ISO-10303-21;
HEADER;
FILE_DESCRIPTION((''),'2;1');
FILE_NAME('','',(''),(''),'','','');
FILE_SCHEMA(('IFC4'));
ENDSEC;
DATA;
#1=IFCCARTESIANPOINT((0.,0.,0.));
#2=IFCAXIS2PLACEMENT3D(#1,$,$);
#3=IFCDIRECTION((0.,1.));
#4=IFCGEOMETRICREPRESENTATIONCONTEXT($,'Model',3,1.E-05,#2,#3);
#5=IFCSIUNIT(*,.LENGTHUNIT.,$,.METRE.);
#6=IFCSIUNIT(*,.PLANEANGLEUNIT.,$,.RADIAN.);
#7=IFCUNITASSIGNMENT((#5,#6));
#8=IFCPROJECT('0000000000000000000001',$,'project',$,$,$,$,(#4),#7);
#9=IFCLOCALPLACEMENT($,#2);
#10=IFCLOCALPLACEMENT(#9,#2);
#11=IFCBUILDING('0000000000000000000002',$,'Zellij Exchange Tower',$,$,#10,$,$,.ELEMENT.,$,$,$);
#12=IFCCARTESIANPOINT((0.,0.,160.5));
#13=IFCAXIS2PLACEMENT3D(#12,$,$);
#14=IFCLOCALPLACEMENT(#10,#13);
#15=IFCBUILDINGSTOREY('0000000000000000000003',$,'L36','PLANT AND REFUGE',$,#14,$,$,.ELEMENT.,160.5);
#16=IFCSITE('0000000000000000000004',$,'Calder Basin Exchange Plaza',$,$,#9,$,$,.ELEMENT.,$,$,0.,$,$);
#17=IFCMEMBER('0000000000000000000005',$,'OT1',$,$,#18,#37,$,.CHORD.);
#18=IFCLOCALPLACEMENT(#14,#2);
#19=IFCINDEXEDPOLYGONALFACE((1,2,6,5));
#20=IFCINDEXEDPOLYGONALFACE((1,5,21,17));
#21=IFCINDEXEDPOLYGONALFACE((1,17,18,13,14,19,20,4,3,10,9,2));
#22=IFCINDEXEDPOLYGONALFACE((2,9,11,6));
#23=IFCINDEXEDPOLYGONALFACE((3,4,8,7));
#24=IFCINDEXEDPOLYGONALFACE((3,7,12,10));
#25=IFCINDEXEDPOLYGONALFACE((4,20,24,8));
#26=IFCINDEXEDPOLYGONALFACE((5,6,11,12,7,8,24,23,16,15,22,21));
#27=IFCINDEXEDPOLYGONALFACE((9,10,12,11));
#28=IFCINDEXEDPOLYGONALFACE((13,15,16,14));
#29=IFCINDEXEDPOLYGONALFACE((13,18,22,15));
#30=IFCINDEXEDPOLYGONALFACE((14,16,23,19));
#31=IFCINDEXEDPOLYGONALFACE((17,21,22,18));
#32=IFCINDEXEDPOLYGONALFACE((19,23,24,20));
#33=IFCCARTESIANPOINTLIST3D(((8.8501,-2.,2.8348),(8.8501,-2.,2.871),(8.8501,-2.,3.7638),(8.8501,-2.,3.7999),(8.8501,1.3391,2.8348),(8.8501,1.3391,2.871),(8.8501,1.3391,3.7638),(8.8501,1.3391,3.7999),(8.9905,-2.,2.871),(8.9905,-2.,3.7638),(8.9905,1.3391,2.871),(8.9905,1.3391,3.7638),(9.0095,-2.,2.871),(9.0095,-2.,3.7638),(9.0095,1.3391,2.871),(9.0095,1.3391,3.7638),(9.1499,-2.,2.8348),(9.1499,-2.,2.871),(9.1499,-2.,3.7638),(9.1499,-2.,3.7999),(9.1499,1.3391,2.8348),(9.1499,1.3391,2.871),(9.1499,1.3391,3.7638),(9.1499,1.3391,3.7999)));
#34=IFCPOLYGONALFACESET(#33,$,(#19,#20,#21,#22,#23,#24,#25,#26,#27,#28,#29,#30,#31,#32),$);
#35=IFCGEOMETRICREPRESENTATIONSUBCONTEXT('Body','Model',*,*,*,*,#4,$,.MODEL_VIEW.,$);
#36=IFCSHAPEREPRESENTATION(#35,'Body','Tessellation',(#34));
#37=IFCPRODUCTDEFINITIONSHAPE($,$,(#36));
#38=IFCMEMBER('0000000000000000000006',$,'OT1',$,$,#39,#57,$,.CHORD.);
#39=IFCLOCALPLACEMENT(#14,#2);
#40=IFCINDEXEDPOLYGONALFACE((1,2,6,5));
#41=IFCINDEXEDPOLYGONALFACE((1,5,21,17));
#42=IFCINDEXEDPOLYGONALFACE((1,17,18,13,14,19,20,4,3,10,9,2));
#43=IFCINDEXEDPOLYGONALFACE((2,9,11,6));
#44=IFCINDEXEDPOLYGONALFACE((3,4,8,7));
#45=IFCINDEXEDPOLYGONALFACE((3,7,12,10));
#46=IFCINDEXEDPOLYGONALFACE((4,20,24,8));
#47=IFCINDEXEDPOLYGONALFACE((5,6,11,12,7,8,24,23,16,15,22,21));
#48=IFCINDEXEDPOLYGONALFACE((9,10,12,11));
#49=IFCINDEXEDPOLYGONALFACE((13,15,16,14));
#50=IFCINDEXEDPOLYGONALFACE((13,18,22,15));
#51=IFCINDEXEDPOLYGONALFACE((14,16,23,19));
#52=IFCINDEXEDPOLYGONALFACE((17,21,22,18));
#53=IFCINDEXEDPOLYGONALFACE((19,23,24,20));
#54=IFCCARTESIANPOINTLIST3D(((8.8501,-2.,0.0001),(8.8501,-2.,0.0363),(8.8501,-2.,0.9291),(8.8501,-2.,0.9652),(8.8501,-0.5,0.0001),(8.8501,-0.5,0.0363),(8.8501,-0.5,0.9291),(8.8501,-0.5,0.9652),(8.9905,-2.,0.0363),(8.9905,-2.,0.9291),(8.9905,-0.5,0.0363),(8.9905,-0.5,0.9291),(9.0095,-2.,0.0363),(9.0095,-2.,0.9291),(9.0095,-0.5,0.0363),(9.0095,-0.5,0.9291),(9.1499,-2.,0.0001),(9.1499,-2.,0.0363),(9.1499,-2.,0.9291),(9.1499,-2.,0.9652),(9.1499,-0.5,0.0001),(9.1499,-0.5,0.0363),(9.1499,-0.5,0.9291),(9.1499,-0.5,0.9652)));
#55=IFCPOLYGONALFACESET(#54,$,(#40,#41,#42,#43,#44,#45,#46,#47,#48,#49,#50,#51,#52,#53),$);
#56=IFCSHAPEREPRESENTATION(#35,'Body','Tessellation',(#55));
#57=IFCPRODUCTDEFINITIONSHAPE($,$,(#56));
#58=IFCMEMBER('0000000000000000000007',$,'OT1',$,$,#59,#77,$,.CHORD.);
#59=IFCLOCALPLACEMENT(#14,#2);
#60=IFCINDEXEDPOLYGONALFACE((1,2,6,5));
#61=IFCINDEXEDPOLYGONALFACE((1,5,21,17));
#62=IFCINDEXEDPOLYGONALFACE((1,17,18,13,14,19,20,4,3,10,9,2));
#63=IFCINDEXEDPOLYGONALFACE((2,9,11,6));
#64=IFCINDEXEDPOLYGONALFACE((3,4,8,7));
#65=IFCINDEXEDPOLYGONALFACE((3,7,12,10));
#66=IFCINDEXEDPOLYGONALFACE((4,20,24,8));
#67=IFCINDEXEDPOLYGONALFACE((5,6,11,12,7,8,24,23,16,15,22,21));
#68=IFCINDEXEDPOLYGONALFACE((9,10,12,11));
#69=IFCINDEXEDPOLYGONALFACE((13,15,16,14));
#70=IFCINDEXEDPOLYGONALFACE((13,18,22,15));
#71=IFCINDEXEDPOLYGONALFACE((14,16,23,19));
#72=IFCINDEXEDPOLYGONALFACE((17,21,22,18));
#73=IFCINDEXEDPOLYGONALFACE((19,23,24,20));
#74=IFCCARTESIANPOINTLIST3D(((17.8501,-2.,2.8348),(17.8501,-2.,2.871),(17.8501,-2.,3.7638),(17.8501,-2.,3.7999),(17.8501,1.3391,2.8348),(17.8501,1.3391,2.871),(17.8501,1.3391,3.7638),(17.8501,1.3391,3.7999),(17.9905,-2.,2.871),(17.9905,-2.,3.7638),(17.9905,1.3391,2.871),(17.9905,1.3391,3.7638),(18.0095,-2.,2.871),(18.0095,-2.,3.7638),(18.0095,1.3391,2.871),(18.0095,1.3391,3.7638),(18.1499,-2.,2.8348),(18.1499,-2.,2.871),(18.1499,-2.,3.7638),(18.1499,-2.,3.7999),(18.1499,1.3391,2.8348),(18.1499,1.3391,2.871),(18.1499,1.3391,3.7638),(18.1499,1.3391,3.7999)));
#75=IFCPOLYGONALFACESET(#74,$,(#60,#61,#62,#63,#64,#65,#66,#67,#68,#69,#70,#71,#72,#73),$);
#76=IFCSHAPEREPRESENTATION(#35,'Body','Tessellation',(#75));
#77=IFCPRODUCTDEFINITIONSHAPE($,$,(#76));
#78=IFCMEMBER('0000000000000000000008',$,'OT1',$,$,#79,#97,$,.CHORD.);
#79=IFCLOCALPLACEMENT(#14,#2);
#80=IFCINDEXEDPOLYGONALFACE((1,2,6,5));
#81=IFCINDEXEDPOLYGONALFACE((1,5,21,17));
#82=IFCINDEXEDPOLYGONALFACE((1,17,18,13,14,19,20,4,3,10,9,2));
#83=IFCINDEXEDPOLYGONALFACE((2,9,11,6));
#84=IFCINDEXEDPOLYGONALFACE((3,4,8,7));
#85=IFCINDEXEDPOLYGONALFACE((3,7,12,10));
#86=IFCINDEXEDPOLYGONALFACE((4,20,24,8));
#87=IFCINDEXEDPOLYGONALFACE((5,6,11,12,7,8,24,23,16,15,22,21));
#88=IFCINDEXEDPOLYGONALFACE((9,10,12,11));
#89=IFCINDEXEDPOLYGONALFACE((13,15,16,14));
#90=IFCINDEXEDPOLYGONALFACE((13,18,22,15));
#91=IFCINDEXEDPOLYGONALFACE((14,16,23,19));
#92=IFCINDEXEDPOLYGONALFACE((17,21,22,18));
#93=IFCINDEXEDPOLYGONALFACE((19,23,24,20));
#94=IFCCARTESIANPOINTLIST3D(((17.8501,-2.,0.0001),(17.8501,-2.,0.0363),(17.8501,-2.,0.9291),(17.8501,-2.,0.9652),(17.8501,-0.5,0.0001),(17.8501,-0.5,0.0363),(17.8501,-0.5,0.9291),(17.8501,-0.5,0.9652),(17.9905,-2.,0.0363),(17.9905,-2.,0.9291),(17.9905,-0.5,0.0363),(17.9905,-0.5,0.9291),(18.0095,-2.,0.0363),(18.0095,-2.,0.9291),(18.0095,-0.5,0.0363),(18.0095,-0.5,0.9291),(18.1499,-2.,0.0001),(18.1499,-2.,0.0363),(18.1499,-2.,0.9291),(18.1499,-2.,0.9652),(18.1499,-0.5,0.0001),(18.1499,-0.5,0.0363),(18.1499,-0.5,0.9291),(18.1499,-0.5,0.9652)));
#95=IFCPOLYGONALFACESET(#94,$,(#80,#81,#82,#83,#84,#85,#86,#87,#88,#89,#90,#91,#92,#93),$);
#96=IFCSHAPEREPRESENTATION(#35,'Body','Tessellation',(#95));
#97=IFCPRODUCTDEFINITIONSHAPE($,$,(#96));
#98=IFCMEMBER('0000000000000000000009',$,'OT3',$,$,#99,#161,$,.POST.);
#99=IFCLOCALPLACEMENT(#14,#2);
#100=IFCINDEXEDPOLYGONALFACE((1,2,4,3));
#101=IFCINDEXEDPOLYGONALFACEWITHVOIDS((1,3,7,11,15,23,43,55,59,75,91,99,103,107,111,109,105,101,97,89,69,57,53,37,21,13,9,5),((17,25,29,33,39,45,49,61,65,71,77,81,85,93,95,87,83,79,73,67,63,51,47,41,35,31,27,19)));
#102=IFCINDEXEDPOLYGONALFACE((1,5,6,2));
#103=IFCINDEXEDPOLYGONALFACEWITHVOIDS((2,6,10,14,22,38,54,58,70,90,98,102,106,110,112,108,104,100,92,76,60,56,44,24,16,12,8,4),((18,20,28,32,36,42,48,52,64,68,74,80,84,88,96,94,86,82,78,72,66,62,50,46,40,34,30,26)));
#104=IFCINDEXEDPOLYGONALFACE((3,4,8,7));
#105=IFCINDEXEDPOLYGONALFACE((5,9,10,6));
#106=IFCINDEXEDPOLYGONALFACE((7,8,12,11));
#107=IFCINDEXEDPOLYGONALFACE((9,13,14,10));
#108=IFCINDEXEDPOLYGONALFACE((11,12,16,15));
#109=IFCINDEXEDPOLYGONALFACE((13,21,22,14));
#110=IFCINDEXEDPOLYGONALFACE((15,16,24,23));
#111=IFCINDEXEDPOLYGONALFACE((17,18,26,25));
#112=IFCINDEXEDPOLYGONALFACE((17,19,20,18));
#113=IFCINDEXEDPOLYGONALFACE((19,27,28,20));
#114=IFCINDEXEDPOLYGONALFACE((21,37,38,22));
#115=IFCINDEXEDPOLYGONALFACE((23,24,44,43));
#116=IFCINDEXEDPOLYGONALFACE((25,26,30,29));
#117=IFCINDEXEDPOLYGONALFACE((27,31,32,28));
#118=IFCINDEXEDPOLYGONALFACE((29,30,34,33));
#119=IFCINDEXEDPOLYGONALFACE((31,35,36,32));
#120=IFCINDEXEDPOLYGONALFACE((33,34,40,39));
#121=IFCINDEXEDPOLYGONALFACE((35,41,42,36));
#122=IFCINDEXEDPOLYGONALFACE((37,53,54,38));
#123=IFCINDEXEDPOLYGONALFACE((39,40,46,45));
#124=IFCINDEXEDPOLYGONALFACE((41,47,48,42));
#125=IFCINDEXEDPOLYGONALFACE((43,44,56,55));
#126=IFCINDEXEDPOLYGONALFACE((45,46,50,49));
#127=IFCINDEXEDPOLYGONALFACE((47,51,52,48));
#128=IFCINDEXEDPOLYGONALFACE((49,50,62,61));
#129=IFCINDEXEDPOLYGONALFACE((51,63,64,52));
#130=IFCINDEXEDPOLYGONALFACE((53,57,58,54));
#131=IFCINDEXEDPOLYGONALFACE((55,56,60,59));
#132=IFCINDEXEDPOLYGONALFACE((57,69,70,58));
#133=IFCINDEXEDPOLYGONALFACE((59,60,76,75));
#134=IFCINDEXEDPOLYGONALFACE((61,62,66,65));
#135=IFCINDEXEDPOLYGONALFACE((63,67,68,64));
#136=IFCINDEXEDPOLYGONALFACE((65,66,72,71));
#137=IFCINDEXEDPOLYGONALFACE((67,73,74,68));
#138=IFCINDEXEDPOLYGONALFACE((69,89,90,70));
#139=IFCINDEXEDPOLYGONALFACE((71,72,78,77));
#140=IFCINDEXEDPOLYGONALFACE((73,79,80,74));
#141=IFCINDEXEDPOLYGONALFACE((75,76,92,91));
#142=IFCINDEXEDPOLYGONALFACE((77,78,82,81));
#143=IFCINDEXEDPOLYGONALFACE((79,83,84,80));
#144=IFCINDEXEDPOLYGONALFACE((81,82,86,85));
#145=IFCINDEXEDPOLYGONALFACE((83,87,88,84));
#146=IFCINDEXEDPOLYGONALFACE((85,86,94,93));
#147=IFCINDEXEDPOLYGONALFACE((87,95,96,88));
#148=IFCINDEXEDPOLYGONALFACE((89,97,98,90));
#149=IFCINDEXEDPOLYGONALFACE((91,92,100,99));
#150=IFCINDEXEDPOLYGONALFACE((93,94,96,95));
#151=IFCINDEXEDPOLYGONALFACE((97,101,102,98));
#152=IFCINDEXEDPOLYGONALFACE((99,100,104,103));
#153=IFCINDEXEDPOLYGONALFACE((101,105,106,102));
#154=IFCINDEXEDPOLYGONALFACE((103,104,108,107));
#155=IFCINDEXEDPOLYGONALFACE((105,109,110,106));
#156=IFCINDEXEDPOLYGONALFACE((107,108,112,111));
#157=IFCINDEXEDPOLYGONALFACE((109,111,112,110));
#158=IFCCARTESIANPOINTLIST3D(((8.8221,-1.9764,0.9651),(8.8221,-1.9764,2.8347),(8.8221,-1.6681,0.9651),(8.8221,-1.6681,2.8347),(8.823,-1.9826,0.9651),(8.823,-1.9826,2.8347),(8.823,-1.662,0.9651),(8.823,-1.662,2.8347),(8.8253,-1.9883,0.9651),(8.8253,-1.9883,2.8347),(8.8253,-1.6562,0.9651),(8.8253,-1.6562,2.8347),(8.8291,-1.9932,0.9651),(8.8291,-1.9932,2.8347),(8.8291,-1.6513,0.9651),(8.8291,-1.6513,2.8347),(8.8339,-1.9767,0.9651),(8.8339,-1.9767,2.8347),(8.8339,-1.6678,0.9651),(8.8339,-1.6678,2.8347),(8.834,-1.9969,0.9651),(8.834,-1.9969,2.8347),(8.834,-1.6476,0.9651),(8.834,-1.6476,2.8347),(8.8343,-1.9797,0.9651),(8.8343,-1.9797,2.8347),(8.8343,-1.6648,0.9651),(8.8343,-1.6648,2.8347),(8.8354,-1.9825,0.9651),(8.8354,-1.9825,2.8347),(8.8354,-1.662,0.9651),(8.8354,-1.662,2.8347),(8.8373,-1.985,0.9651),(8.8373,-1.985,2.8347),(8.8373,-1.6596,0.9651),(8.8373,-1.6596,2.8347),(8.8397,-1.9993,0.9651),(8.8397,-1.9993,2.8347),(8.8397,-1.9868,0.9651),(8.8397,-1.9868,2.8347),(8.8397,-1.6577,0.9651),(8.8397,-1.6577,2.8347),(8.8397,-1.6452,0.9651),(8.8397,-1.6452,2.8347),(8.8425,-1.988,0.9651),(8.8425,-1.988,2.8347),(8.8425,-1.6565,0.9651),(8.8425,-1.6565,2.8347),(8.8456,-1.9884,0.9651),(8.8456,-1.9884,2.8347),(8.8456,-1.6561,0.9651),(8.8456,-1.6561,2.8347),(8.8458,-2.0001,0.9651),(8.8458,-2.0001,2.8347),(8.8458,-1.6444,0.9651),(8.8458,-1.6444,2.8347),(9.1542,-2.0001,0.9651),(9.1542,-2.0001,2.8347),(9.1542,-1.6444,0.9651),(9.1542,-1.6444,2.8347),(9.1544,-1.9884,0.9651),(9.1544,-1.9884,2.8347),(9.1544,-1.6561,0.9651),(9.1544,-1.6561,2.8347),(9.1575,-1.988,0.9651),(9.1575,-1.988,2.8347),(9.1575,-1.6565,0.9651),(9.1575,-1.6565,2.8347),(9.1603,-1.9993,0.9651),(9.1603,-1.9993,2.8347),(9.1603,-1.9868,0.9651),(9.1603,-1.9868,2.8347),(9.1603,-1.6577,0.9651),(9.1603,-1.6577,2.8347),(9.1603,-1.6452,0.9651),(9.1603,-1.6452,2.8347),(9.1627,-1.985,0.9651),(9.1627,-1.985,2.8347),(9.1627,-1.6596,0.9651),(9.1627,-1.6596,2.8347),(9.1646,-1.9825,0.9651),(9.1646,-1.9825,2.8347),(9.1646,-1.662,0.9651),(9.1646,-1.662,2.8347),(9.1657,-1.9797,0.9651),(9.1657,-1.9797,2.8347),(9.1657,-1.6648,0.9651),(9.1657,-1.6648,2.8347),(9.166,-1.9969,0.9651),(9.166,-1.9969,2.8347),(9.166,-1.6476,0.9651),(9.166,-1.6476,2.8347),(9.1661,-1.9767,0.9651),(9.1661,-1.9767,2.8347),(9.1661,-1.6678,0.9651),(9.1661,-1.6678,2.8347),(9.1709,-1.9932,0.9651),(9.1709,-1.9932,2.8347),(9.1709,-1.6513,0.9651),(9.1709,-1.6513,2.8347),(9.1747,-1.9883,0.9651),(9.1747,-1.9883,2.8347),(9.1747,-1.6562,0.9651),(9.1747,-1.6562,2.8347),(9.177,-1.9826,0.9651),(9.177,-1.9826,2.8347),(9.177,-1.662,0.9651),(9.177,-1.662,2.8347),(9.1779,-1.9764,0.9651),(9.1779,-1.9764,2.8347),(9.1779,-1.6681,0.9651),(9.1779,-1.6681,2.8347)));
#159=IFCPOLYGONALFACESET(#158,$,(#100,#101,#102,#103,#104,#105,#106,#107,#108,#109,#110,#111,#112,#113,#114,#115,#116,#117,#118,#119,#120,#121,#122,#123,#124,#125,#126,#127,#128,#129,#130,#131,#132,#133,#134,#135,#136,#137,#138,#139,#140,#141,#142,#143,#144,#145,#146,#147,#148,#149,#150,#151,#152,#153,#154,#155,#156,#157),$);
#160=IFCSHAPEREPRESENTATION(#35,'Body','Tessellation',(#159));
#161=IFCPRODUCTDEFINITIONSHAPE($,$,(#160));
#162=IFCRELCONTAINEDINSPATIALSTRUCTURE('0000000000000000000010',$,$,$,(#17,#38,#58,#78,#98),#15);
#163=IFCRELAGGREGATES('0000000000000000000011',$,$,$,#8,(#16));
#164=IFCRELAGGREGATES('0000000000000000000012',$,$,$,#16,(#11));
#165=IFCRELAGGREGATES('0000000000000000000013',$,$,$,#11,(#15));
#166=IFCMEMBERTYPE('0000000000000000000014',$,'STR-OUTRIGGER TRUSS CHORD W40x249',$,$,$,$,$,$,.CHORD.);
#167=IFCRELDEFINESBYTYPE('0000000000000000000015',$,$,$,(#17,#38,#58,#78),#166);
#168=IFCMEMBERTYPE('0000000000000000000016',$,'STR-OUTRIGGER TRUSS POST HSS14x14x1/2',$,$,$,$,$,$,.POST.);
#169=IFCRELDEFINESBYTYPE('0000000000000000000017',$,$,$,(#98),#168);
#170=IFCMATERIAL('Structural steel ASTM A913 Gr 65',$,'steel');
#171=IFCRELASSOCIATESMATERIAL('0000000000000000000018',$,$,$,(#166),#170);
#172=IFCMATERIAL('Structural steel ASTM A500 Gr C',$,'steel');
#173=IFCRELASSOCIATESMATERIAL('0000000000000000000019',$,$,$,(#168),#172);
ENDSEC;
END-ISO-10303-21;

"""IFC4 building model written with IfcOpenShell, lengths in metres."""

from ifc_helpers import new_model, si_unit, direction, frame, origin, origin_2d, place, context, subcontext, project, spatial, hollow_rectangle, i_section, extrude, material, material_profile, profile_set, type_object, element, save


model = new_model("IFC4")

# Units and contexts
model_context = context("Model", 3, precision=1e-05, world=origin(), true_north=direction((0.0, 1.0)))
body_context = subcontext(model_context, "Body", "Model", "MODEL_VIEW")
ifc_project = project(units=[si_unit("LENGTHUNIT", "METRE"), si_unit("PLANEANGLEUNIT", "RADIAN")], contexts=[model_context])

# Site, building, storey
site_placement = place(None, origin())
site = spatial("IfcSite", under=ifc_project, at=site_placement, Name="Calder Basin Exchange Plaza", CompositionType="ELEMENT", RefElevation=0.0)
building_placement = place(site_placement, origin())
building = spatial("IfcBuilding", under=site, at=building_placement, Name="Zellij Exchange Tower", CompositionType="ELEMENT")
storey_placement = place(building_placement, frame((0.0, 0.0, 160.5)))
storey = spatial("IfcBuildingStorey", under=building, at=storey_placement, Name="L36", Description="PLANT AND REFUGE", CompositionType="ELEMENT", Elevation=160.5)

# Members
ifc_material_1 = material(Name="Structural steel ASTM A913 Gr 65", Category="steel")
ifc_material_profile_1 = material_profile(ifc_material_1, i_section(OverallWidth=0.2998, OverallDepth=0.9651, WebThickness=0.019, FlangeThickness=0.0361, at=origin_2d()), Name="W40x249")
ifc_profile_set_1 = profile_set([ifc_material_profile_1], Name="Structural steel ASTM A913 Gr 65")
member_type_1 = type_object("IfcMemberType", Name="STR-OUTRIGGER TRUSS CHORD W40x249", PredefinedType="CHORD", material=ifc_profile_set_1)
member_1_placement = place(storey_placement, frame((9.0, -2.0, 3.3174), z_axis=(0.0, 1.0, 0.0), x_axis=(-1.0, 0.0, 0.0)))
element("IfcMember", 1, at=member_1_placement, inside=storey, type_object=member_type_1, Name="OT1", PredefinedType="CHORD", context=body_context, shape_type="SweptSolid", body=[
    extrude(i_section(OverallWidth=0.2998, OverallDepth=0.9651, WebThickness=0.019, FlangeThickness=0.0361, at=origin_2d()), origin(), (0.0, 0.0, 1.0), 3.3391),
])
member_2_placement = place(storey_placement, frame((9.0, -2.0, 0.4827), z_axis=(0.0, 1.0, 0.0), x_axis=(-1.0, 0.0, 0.0)))
element("IfcMember", 2, at=member_2_placement, inside=storey, type_object=member_type_1, Name="OT1", PredefinedType="CHORD", context=body_context, shape_type="SweptSolid", body=[
    extrude(i_section(OverallWidth=0.2998, OverallDepth=0.9651, WebThickness=0.019, FlangeThickness=0.0361, at=origin_2d()), origin(), (0.0, 0.0, 1.0), 1.5),
])
member_3_placement = place(storey_placement, frame((18.0, -2.0, 3.3174), z_axis=(0.0, 1.0, 0.0), x_axis=(-1.0, 0.0, 0.0)))
element("IfcMember", 3, at=member_3_placement, inside=storey, type_object=member_type_1, Name="OT1", PredefinedType="CHORD", context=body_context, shape_type="SweptSolid", body=[
    extrude(i_section(OverallWidth=0.2998, OverallDepth=0.9651, WebThickness=0.019, FlangeThickness=0.0361, at=origin_2d()), origin(), (0.0, 0.0, 1.0), 3.3391),
])
member_4_placement = place(storey_placement, frame((18.0, -2.0, 0.4827), z_axis=(0.0, 1.0, 0.0), x_axis=(-1.0, 0.0, 0.0)))
element("IfcMember", 4, at=member_4_placement, inside=storey, type_object=member_type_1, Name="OT1", PredefinedType="CHORD", context=body_context, shape_type="SweptSolid", body=[
    extrude(i_section(OverallWidth=0.2998, OverallDepth=0.9651, WebThickness=0.019, FlangeThickness=0.0361, at=origin_2d()), origin(), (0.0, 0.0, 1.0), 1.5),
])
ifc_material_2 = material(Name="Structural steel ASTM A500 Gr C", Category="steel")
ifc_material_profile_2 = material_profile(ifc_material_2, hollow_rectangle(XDim=0.3557, YDim=0.3557, WallThickness=0.0117, InnerFilletRadius=0.0117, OuterFilletRadius=0.0237, at=origin_2d()), Name="STR-OUTRIGGER TRUSS POST HSS14x14x1/2")
ifc_profile_set_2 = profile_set([ifc_material_profile_2], Name="Structural steel ASTM A500 Gr C")
member_type_2 = type_object("IfcMemberType", Name="STR-OUTRIGGER TRUSS POST HSS14x14x1/2", PredefinedType="POST", material=ifc_profile_set_2)
for number, where, z_axis, x_axis, name in (
    (5, (9.0, -1.8223, 0.9651), (0.0, 0.0, 1.0), (1.0, 0.0, 0.0), "OT3"),
):
    element("IfcMember", number, at=place(storey_placement, frame(where, z_axis=z_axis, x_axis=x_axis)), inside=storey, type_object=member_type_2, Name=name, PredefinedType="POST", context=body_context, shape_type="SweptSolid", body=[
        extrude(hollow_rectangle(XDim=0.3557, YDim=0.3557, WallThickness=0.0117, InnerFilletRadius=0.0117, OuterFilletRadius=0.0237, at=origin_2d()), origin(), (0.0, 0.0, 1.0), 1.8696),
    ])

save(model, "model.ifc")
